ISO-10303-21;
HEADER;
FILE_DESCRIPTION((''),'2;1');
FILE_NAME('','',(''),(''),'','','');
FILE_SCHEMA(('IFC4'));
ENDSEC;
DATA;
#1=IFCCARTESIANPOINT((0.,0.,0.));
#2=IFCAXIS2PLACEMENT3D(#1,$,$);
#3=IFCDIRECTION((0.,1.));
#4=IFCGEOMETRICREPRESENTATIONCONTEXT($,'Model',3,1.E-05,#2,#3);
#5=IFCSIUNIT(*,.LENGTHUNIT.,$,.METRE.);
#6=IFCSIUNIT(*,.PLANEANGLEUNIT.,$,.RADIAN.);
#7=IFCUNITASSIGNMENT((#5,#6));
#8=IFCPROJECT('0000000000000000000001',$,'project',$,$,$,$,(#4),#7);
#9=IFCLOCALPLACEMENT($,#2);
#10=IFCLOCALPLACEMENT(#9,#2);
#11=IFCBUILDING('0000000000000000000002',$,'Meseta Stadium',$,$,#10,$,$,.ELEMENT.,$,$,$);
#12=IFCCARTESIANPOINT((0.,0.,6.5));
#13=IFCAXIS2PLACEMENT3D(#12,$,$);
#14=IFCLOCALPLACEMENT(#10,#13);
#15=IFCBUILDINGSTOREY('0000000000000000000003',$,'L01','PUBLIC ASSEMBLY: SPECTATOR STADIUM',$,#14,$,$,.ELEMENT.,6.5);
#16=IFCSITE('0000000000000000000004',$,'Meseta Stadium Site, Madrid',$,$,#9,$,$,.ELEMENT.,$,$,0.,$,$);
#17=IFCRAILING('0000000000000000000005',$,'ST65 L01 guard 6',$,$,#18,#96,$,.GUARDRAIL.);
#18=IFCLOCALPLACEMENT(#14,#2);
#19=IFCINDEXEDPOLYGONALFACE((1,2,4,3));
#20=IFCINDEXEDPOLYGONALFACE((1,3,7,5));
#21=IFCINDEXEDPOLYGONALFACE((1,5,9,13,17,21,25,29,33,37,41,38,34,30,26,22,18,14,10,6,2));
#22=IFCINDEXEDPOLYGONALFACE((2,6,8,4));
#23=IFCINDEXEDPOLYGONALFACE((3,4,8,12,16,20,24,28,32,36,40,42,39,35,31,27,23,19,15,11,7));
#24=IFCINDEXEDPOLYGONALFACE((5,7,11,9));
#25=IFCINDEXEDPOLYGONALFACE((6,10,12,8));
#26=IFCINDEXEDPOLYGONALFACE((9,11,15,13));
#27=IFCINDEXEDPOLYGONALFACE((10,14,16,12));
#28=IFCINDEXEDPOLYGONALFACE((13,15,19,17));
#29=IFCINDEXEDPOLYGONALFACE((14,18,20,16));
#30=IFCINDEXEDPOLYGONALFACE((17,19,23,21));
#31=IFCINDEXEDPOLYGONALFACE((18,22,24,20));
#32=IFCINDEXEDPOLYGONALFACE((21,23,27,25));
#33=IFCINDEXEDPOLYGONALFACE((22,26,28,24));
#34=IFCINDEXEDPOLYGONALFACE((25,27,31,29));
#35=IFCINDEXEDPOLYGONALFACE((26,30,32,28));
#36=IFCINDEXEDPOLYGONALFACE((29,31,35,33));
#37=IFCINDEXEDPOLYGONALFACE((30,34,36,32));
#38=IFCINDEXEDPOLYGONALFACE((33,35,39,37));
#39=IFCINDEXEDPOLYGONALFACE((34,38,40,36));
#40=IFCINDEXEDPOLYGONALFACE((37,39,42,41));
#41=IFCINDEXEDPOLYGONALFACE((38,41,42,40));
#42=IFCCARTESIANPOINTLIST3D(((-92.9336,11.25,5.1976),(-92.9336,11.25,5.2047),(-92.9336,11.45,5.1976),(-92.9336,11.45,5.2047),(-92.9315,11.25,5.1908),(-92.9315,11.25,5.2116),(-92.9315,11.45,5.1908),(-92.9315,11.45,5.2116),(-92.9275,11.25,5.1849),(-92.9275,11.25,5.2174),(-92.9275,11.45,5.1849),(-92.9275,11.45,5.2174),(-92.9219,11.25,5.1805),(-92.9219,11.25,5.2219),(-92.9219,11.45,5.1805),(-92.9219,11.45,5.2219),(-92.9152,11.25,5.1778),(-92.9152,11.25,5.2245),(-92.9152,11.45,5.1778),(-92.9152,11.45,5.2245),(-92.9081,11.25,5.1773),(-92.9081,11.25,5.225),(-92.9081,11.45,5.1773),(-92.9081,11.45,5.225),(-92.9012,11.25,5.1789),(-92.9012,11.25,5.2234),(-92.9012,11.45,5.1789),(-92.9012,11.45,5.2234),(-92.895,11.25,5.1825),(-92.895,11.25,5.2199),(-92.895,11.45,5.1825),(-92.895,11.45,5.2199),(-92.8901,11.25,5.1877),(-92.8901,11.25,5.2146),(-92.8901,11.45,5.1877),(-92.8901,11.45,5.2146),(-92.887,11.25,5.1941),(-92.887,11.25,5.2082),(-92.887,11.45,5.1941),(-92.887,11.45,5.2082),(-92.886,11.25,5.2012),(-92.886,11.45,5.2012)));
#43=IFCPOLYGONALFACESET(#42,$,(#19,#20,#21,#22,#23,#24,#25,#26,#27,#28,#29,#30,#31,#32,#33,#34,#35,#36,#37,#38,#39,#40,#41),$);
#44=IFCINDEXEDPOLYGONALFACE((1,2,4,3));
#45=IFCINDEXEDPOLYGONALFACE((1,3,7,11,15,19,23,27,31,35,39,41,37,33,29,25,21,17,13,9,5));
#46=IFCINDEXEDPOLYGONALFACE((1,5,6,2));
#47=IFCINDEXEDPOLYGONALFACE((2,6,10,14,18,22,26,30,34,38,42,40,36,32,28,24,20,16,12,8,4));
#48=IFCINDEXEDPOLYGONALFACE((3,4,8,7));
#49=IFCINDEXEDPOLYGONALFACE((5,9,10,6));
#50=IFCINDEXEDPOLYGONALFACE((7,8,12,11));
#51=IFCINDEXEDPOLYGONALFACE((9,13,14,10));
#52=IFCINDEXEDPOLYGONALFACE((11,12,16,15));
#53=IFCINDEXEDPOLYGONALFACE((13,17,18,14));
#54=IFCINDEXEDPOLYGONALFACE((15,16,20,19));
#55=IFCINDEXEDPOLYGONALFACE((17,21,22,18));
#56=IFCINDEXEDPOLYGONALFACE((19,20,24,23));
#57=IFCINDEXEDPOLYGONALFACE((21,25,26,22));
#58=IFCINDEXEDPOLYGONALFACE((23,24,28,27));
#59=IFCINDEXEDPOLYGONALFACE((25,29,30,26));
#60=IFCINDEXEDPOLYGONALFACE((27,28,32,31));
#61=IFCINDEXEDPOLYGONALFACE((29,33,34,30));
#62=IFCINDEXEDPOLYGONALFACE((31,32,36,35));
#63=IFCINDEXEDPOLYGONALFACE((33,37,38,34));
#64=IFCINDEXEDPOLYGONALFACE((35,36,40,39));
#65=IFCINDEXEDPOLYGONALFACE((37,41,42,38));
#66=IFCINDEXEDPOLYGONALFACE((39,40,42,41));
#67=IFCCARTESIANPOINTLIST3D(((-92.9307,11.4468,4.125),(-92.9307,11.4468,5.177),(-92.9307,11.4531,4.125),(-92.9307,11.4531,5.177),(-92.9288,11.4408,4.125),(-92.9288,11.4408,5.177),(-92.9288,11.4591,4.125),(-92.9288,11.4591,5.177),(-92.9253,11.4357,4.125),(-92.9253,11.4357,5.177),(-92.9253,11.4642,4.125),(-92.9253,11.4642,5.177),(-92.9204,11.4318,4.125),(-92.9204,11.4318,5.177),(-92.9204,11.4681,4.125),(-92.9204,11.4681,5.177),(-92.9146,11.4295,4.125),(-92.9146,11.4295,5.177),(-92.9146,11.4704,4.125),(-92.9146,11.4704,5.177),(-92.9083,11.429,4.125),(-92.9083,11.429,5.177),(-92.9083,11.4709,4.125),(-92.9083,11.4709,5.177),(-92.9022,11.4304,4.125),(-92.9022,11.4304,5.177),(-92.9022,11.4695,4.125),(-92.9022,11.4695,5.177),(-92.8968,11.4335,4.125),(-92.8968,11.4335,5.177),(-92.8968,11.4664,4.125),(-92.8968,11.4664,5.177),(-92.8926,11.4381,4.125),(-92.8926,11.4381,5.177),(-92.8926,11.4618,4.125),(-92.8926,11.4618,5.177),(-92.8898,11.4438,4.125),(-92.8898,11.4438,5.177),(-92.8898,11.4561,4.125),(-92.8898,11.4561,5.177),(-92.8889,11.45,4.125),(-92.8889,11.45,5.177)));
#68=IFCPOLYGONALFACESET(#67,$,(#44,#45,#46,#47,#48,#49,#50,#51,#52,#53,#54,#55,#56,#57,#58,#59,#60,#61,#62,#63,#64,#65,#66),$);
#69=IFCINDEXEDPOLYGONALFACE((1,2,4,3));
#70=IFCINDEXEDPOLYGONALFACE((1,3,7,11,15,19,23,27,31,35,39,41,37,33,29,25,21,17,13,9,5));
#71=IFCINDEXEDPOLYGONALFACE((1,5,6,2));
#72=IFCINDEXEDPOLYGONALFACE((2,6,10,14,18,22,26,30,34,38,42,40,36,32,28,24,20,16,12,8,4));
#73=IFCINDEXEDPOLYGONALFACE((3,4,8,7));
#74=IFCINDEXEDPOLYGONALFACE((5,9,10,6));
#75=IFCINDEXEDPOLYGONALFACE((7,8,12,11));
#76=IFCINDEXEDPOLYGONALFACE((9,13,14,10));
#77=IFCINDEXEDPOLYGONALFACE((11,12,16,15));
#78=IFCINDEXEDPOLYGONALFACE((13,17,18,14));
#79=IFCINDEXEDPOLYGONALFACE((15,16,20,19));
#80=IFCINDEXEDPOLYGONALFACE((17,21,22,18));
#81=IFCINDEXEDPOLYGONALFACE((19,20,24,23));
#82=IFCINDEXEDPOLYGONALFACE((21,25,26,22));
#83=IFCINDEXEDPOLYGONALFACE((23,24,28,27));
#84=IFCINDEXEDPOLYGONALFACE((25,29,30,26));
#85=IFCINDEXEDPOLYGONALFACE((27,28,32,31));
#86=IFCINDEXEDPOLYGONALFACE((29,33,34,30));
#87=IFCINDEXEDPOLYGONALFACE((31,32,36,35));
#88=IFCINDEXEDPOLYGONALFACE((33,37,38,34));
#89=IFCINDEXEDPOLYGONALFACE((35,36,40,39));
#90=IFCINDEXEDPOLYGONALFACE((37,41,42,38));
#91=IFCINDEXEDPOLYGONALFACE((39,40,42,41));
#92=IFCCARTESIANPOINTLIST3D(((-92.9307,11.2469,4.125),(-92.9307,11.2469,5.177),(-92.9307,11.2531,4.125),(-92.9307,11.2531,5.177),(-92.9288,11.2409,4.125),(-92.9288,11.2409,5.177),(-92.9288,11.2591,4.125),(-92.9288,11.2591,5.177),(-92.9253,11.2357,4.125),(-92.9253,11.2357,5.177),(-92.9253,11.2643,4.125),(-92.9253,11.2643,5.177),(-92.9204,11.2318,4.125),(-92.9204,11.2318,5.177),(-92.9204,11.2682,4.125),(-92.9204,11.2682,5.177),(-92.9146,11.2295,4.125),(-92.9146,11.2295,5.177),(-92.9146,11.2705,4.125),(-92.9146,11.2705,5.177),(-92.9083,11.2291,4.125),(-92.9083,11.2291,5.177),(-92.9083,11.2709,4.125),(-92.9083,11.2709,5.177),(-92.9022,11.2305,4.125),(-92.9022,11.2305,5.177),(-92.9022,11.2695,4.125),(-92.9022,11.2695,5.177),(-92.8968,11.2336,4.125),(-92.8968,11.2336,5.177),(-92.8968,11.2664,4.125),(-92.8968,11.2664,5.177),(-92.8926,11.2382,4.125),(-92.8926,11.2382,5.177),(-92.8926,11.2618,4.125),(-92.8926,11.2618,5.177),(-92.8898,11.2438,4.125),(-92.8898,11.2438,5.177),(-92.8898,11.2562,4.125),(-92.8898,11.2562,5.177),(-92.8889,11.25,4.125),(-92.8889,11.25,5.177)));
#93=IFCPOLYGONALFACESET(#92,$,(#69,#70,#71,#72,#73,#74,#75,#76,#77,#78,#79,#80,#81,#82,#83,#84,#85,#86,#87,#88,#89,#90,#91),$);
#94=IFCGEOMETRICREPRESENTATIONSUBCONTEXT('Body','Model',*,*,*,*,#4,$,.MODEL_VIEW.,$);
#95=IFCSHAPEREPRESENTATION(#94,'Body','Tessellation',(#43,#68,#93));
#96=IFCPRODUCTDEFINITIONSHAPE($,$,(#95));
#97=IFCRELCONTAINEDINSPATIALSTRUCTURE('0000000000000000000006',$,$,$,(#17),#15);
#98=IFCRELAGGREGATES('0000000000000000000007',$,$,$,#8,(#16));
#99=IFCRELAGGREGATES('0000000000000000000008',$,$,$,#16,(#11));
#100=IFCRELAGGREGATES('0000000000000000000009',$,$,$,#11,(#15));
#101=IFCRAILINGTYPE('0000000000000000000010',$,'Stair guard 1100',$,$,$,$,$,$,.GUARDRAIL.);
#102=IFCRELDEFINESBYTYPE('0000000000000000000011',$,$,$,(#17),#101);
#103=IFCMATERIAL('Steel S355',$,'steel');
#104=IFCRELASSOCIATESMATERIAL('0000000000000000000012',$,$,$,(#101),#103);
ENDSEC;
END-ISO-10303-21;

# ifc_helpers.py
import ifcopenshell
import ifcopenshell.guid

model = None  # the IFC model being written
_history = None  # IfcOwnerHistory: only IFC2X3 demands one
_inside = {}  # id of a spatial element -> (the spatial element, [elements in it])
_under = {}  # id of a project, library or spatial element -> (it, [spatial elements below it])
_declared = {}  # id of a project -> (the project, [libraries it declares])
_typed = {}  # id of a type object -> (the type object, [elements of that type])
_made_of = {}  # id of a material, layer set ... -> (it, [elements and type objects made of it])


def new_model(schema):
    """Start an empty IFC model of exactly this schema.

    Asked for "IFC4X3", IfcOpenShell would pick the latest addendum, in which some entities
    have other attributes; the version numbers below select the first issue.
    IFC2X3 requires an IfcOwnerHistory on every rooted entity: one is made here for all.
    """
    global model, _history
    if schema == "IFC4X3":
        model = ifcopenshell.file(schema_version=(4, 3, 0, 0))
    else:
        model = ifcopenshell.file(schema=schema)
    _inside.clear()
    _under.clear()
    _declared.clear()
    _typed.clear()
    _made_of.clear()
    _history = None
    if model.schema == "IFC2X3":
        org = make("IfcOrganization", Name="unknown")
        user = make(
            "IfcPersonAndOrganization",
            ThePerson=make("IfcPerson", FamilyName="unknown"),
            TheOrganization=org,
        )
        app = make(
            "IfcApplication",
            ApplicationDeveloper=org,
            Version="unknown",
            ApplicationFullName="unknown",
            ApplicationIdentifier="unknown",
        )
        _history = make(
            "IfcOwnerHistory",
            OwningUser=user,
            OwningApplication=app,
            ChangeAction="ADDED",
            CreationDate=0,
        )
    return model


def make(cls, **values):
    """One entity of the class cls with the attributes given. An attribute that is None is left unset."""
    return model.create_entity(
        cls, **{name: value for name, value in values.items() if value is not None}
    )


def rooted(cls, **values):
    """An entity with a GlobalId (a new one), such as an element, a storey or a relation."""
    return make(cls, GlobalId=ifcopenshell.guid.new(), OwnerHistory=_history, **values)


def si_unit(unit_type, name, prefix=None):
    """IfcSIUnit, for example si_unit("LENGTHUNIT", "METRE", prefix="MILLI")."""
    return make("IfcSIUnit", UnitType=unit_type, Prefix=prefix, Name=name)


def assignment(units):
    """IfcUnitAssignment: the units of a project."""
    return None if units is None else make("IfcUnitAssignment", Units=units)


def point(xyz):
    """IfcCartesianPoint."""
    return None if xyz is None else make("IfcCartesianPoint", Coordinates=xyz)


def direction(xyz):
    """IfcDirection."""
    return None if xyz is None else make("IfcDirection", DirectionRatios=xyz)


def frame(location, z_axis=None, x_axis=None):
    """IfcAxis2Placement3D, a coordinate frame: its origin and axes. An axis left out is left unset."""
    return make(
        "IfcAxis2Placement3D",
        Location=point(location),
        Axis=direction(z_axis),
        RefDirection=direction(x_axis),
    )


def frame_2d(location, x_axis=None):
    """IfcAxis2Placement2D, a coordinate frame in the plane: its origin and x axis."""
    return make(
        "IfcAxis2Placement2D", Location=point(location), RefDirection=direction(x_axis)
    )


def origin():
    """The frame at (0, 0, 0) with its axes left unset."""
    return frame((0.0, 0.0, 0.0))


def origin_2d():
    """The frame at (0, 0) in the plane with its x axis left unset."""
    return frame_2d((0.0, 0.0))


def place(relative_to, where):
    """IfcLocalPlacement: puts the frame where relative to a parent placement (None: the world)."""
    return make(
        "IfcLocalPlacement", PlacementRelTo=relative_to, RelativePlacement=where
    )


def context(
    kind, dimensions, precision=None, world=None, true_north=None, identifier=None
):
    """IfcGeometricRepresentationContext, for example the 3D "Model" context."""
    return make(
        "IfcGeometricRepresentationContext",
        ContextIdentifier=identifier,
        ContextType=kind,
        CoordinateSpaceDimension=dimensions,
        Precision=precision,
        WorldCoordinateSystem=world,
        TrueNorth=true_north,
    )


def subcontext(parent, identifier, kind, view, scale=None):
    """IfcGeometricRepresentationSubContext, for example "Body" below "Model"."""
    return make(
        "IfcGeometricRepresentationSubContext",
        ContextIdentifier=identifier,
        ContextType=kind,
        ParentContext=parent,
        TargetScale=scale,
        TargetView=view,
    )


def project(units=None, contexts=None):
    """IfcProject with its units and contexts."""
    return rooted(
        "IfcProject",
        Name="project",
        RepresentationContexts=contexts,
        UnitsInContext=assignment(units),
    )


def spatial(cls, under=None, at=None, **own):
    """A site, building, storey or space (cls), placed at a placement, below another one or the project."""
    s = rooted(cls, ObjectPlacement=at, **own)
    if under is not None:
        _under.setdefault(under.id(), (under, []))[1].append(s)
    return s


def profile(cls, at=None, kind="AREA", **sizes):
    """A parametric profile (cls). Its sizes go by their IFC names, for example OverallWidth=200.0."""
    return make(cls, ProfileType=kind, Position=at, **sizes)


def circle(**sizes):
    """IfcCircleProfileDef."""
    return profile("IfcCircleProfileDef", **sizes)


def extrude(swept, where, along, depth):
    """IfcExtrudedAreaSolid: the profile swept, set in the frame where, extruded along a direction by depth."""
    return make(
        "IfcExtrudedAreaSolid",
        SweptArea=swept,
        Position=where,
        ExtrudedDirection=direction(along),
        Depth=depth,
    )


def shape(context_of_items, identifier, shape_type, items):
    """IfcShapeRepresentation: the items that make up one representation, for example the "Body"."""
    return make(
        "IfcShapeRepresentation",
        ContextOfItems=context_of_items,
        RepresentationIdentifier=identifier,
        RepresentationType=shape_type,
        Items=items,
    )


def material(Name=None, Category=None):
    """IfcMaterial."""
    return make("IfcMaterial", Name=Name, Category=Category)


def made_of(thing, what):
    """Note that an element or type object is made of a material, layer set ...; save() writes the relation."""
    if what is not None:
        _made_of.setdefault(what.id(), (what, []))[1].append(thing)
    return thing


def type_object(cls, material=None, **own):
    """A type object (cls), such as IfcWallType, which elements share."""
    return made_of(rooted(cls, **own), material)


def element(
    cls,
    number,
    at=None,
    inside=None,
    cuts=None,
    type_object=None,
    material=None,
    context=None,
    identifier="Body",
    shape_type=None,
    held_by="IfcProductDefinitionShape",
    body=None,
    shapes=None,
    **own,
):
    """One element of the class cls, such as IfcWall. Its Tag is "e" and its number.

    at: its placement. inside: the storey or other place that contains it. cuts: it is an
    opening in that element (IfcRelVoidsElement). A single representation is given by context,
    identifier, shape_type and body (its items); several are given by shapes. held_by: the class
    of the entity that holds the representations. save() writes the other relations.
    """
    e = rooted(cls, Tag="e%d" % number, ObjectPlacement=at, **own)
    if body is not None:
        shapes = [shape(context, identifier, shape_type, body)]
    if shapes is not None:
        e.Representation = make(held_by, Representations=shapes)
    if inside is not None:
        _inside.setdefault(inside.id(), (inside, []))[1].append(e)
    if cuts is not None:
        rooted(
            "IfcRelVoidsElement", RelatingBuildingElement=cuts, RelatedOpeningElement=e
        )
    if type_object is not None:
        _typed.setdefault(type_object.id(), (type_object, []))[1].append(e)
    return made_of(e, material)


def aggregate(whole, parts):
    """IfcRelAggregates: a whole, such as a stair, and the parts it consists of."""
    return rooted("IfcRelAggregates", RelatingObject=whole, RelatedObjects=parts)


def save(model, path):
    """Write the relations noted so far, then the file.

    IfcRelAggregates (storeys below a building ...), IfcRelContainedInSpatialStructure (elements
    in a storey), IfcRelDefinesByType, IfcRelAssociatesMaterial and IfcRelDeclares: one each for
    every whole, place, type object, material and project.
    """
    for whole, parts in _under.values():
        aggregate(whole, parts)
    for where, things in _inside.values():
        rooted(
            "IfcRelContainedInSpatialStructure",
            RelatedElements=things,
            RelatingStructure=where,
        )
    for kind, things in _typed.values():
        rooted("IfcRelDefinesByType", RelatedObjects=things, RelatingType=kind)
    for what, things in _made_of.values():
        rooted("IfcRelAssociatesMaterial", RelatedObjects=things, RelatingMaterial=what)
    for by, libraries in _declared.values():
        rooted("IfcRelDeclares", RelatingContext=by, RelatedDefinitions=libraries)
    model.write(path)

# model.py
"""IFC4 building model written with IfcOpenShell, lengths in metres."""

from ifc_helpers import new_model, si_unit, direction, frame, origin, origin_2d, place, context, subcontext, project, spatial, circle, extrude, material, type_object, element, save


model = new_model("IFC4")

# Units and contexts
model_context = context("Model", 3, precision=1e-05, world=origin(), true_north=direction((0.0, 1.0)))
body_context = subcontext(model_context, "Body", "Model", "MODEL_VIEW")
ifc_project = project(units=[si_unit("LENGTHUNIT", "METRE"), si_unit("PLANEANGLEUNIT", "RADIAN")], contexts=[model_context])

# Site, building, storey
site_placement = place(None, origin())
site = spatial("IfcSite", under=ifc_project, at=site_placement, Name="Meseta Stadium Site, Madrid", CompositionType="ELEMENT", RefElevation=0.0)
building_placement = place(site_placement, origin())
building = spatial("IfcBuilding", under=site, at=building_placement, Name="Meseta Stadium", CompositionType="ELEMENT")
storey_placement = place(building_placement, frame((0.0, 0.0, 6.5)))
storey = spatial("IfcBuildingStorey", under=building, at=storey_placement, Name="L01", Description="PUBLIC ASSEMBLY: SPECTATOR STADIUM", CompositionType="ELEMENT", Elevation=6.5)

# Railing
ifc_material_1 = material(Name="Steel S355", Category="steel")
railing_type_1 = type_object("IfcRailingType", Name="Stair guard 1100", PredefinedType="GUARDRAIL", material=ifc_material_1)
railing_1_placement = place(storey_placement, frame((-92.9099, 11.45, 4.125)))
element("IfcRailing", 1, at=railing_1_placement, inside=storey, type_object=railing_type_1, Name="ST65 L01 guard 6", PredefinedType="GUARDRAIL", context=body_context, shape_type="SweptSolid", body=[
    extrude(circle(Radius=0.0239, at=origin_2d()), frame((0.0, 0.0, 1.0762), z_axis=(0.0, -1.0, 0.0), x_axis=(1.0, 0.0, 0.0)), (0.0, 0.0, 1.0), 0.2),
    extrude(circle(Radius=0.021, at=origin_2d()), origin(), (0.0, 0.0, 1.0), 1.052),
    extrude(circle(Radius=0.021, at=origin_2d()), frame((0.0, -0.2, 0.0)), (0.0, 0.0, 1.0), 1.052),
])

save(model, "model.ifc")
